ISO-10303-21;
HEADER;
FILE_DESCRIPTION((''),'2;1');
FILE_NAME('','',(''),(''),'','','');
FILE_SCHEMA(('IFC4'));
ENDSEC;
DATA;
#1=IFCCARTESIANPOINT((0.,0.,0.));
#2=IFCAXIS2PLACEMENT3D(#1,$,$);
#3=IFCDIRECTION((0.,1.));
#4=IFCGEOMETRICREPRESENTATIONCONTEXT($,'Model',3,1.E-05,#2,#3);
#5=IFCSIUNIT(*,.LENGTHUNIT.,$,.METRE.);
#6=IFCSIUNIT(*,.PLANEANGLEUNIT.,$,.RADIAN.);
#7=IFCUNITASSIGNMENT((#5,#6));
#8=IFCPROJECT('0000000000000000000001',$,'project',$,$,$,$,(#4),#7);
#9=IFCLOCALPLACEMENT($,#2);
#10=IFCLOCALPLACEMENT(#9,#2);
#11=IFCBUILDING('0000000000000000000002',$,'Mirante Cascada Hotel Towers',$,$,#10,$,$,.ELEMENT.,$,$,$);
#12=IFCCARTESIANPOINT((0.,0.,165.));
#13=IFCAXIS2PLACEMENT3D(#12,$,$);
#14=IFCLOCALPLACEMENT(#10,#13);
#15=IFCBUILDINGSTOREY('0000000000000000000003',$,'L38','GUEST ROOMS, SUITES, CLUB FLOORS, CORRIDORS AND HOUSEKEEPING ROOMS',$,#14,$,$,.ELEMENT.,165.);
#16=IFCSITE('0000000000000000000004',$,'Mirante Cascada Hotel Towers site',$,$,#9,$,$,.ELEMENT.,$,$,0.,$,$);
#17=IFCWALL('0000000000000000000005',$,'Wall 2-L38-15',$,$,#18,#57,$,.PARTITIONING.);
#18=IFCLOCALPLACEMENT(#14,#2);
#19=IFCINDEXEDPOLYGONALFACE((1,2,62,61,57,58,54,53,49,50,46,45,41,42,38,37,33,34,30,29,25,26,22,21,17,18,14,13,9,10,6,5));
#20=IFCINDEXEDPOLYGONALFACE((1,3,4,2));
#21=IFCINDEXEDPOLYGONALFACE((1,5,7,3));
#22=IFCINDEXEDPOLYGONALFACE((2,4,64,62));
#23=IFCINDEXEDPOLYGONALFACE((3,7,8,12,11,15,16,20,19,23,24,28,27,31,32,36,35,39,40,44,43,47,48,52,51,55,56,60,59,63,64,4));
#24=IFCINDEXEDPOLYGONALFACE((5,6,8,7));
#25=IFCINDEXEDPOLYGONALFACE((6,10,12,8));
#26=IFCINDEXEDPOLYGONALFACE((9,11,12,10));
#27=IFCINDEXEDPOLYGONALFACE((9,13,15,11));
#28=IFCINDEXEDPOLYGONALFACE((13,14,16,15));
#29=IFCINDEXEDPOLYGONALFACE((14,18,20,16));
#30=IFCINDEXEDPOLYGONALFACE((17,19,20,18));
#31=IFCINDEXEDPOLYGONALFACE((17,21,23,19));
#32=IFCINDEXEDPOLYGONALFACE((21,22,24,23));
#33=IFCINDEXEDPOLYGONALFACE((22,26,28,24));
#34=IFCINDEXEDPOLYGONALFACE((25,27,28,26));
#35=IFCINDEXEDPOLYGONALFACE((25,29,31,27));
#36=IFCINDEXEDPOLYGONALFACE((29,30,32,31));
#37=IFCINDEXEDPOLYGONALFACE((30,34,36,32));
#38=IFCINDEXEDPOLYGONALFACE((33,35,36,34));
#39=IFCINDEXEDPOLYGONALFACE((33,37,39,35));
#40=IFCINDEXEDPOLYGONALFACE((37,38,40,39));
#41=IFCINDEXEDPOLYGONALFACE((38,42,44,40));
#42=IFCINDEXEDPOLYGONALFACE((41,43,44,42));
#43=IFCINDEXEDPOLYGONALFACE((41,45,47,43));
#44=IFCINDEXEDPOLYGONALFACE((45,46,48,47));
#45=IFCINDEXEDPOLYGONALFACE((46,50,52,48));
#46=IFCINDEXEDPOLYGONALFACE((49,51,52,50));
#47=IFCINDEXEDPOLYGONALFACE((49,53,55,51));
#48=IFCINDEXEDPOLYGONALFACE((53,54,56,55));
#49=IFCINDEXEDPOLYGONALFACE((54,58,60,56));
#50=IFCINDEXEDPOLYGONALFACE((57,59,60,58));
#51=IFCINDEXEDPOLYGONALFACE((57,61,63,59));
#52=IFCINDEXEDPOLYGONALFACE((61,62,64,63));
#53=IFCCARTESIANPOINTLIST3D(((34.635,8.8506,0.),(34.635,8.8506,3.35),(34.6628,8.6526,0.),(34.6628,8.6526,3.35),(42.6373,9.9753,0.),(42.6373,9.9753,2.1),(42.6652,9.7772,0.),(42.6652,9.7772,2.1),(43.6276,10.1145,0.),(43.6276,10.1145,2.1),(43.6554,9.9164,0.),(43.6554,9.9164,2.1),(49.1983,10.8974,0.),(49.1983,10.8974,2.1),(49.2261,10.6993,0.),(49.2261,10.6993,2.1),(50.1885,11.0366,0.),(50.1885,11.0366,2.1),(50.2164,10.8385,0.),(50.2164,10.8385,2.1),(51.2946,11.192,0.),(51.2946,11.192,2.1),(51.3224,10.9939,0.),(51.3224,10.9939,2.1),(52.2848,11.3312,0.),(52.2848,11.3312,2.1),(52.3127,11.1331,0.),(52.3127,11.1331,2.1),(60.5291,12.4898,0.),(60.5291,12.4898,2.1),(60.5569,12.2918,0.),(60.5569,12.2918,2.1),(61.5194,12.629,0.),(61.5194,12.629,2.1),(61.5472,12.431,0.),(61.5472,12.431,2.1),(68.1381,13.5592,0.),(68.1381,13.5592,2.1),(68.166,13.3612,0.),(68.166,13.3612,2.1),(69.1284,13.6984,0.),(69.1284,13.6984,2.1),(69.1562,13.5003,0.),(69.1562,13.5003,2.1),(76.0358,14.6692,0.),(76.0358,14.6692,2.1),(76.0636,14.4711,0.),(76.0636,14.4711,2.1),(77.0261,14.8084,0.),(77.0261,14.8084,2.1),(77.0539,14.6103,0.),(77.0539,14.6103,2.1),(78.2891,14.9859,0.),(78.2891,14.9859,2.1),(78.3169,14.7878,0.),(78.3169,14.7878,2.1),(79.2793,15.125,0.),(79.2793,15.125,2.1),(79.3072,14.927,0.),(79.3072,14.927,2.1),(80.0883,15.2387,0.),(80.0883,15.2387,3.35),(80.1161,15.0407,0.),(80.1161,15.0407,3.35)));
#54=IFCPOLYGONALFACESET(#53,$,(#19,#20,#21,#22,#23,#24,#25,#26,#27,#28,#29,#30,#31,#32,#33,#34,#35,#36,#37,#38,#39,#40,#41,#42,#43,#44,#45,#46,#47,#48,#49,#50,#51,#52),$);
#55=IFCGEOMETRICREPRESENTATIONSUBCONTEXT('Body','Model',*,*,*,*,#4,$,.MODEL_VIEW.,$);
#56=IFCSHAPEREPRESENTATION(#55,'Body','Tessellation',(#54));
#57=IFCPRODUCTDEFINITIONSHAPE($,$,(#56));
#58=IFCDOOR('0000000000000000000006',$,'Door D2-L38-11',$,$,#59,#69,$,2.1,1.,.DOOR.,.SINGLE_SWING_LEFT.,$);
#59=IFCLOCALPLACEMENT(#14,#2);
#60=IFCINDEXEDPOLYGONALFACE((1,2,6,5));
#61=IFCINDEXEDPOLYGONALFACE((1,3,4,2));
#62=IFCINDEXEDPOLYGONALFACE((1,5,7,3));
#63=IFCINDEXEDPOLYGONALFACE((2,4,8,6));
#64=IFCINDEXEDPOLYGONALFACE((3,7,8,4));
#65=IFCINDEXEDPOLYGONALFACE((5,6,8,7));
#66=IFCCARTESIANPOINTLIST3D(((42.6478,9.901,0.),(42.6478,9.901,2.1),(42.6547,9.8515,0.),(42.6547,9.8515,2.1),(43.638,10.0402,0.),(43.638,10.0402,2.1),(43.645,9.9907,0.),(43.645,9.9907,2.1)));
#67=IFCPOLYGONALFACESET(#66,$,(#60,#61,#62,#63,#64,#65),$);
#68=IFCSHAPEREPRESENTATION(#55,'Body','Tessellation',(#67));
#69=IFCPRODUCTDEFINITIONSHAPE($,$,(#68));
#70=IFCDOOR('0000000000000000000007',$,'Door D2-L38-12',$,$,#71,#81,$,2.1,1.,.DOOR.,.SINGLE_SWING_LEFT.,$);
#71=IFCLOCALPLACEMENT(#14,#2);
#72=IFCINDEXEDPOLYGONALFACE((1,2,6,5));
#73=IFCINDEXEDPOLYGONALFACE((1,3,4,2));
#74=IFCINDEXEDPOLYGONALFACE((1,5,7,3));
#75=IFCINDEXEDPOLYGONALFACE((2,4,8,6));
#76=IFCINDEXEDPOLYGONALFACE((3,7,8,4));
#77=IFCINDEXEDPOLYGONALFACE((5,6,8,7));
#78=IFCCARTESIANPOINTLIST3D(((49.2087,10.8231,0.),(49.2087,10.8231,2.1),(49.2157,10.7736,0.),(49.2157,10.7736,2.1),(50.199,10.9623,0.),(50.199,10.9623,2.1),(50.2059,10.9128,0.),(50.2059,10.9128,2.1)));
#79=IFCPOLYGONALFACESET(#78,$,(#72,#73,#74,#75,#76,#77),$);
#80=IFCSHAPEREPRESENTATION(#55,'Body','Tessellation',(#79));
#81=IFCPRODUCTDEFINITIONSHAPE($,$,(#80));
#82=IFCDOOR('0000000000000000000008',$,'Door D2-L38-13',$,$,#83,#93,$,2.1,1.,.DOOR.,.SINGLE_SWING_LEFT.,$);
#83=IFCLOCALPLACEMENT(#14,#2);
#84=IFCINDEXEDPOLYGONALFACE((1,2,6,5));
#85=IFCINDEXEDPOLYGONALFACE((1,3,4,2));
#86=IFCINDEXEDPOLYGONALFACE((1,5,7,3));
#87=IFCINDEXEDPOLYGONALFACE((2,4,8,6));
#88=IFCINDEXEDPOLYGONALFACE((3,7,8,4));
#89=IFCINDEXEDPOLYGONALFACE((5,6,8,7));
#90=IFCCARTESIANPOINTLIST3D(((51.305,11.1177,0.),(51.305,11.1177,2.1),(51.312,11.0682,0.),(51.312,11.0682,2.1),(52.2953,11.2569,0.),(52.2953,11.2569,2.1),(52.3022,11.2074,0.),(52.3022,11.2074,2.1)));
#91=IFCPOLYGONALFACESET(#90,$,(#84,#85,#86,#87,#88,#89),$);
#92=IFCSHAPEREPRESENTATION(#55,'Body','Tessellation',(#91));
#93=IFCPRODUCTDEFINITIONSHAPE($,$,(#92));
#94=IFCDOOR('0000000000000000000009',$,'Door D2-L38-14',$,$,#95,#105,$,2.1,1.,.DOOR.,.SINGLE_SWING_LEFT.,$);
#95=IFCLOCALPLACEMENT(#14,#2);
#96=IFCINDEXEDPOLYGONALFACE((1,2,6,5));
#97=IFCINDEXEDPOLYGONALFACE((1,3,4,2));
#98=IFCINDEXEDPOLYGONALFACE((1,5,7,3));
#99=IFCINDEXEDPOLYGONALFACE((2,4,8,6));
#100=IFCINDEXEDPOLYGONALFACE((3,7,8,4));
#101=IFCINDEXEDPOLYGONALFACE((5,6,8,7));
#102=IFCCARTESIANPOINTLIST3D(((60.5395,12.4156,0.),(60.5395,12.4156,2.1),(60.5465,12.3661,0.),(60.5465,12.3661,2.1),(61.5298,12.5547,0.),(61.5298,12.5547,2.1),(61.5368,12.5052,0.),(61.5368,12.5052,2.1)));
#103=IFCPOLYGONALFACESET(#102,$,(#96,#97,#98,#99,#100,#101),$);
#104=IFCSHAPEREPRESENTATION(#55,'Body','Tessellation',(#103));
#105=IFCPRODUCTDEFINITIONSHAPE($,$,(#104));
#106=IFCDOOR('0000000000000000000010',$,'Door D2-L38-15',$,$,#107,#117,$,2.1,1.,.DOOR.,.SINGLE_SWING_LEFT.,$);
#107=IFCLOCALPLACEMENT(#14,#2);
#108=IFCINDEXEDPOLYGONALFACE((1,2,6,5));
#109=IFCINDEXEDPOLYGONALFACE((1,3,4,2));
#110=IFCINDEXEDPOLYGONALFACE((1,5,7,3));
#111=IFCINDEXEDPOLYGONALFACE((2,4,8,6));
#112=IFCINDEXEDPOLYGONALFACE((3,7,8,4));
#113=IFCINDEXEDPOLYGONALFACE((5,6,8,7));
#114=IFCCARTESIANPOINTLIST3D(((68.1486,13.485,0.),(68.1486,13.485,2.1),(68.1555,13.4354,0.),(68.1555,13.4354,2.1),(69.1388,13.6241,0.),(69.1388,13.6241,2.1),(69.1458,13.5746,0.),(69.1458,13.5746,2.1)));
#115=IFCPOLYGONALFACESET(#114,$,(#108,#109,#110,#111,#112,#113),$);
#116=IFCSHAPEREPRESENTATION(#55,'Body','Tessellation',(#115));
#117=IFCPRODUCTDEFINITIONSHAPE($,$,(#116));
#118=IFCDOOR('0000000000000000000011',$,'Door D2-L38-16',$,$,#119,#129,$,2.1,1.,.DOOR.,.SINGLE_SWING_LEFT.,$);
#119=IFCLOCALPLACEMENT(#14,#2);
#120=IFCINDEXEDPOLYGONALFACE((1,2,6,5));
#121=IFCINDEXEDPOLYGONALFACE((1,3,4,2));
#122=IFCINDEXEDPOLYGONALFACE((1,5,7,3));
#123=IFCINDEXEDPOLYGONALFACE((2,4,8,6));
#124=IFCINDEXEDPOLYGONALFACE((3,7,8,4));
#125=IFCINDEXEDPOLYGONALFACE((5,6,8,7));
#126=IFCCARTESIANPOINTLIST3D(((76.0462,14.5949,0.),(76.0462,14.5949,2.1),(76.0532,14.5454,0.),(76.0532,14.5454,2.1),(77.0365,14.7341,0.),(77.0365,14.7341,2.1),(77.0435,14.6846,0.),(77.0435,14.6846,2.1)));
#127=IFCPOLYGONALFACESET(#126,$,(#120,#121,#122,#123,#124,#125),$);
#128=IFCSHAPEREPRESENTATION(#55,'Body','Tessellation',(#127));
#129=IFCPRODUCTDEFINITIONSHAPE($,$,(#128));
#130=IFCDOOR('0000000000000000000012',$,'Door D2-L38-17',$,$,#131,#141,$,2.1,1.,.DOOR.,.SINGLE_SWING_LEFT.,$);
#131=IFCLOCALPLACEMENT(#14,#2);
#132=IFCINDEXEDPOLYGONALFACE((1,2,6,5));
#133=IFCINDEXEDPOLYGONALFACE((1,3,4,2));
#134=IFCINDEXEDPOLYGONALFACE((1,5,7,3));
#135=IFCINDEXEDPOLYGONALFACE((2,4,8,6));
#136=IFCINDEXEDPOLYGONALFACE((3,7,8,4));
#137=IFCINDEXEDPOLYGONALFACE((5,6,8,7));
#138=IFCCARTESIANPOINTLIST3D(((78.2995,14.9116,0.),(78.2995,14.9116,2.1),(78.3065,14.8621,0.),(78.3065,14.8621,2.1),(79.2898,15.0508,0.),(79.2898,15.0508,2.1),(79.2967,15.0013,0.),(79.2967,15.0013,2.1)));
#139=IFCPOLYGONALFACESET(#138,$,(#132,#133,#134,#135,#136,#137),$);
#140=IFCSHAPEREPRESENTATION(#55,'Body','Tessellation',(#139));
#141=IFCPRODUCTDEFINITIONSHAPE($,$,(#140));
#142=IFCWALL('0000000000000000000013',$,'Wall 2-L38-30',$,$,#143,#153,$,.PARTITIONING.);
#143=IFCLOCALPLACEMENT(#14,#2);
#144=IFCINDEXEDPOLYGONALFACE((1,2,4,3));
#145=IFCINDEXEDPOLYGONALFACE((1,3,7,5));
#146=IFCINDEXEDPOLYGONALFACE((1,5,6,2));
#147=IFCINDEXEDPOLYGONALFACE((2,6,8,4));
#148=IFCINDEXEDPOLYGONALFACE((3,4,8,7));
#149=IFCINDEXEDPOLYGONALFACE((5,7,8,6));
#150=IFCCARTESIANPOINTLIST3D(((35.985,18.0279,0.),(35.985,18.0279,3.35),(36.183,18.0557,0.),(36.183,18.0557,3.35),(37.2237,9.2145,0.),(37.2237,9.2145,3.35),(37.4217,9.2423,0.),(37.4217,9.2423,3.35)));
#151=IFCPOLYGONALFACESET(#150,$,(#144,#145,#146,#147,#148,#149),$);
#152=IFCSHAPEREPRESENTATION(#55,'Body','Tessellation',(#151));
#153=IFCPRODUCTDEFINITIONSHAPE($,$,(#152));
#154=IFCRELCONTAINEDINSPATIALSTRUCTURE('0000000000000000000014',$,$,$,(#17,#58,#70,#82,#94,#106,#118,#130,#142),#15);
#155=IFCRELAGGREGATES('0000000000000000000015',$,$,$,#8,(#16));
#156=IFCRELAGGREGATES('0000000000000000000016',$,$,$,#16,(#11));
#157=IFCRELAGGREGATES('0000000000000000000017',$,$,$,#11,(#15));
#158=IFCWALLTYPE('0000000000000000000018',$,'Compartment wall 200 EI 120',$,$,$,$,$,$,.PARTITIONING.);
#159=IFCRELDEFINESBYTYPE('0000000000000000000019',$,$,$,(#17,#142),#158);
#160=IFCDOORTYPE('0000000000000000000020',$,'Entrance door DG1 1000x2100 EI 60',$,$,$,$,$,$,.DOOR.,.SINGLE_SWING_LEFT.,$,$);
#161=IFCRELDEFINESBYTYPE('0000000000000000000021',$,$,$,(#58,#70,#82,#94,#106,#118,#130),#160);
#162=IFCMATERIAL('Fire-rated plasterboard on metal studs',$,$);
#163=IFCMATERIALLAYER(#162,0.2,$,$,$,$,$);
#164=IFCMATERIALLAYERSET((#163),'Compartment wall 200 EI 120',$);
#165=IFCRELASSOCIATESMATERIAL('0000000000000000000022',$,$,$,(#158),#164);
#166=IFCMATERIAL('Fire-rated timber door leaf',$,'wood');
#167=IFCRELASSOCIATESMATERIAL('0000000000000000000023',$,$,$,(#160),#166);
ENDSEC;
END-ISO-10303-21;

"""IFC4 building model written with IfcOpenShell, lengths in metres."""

from ifc_helpers import new_model, si_unit, direction, frame, frame_2d, origin, place, context, subcontext, project, spatial, rectangle, extrude, material, layer, layer_set, type_object, element, fill, save


model = new_model("IFC4")

# Units and contexts
model_context = context("Model", 3, precision=1e-05, world=origin(), true_north=direction((0.0, 1.0)))
body_context = subcontext(model_context, "Body", "Model", "MODEL_VIEW")
ifc_project = project(units=[si_unit("LENGTHUNIT", "METRE"), si_unit("PLANEANGLEUNIT", "RADIAN")], contexts=[model_context])

# Site, building, storey
site_placement = place(None, origin())
site = spatial("IfcSite", under=ifc_project, at=site_placement, Name="Mirante Cascada Hotel Towers site", CompositionType="ELEMENT", RefElevation=0.0)
building_placement = place(site_placement, origin())
building = spatial("IfcBuilding", under=site, at=building_placement, Name="Mirante Cascada Hotel Towers", CompositionType="ELEMENT")
storey_placement = place(building_placement, frame((0.0, 0.0, 165.0)))
storey = spatial("IfcBuildingStorey", under=building, at=storey_placement, Name="L38", Description="GUEST ROOMS, SUITES, CLUB FLOORS, CORRIDORS AND HOUSEKEEPING ROOMS", CompositionType="ELEMENT", Elevation=165.0)

# Wall, openings, doors
ifc_material_1 = material(Name="Fire-rated plasterboard on metal studs")
ifc_layer_1 = layer(ifc_material_1, 0.2)
ifc_layer_set_1 = layer_set([ifc_layer_1], Name="Compartment wall 200 EI 120")
wall_type_1 = type_object("IfcWallType", Name="Compartment wall 200 EI 120", PredefinedType="PARTITIONING", material=ifc_layer_set_1)
wall_1_placement = place(storey_placement, frame((34.6489, 8.7516, 0.0), z_axis=(0.0, 0.0, 1.0), x_axis=(0.990268, 0.139174, 0.0)))
wall_1 = element("IfcWall", 1, at=wall_1_placement, inside=storey, type_object=wall_type_1, Name="Wall 2-L38-15", PredefinedType="PARTITIONING", context=body_context, shape_type="SweptSolid", body=[
    extrude(rectangle(XDim=45.9, YDim=0.2, at=frame_2d((22.95, 0.0))), origin(), (0.0, 0.0, 1.0), 3.35),
])
opening_1_placement = place(wall_1_placement, frame((8.081, 0.0, 0.0)))
opening_1 = element("IfcOpeningElement", 2, at=opening_1_placement, cuts=wall_1, PredefinedType="OPENING", context=body_context, shape_type="SweptSolid", body=[
    extrude(rectangle(XDim=1.0, YDim=2.1, at=frame_2d((0.5, 1.05))), frame((0.0, 0.1, 0.0), z_axis=(0.0, -1.0, 0.0), x_axis=(1.0, 0.0, 0.0)), (0.0, 0.0, 1.0), 0.2),
])
opening_2_placement = place(wall_1_placement, frame((14.7064, 0.0, 0.0)))
opening_2 = element("IfcOpeningElement", 3, at=opening_2_placement, cuts=wall_1, PredefinedType="OPENING", context=body_context, shape_type="SweptSolid", body=[
    extrude(rectangle(XDim=1.0, YDim=2.1, at=frame_2d((0.5, 1.05))), frame((0.0, 0.1, 0.0), z_axis=(0.0, -1.0, 0.0), x_axis=(1.0, 0.0, 0.0)), (0.0, 0.0, 1.0), 0.2),
])
opening_3_placement = place(wall_1_placement, frame((16.8233, 0.0, 0.0)))
opening_3 = element("IfcOpeningElement", 4, at=opening_3_placement, cuts=wall_1, PredefinedType="OPENING", context=body_context, shape_type="SweptSolid", body=[
    extrude(rectangle(XDim=1.0, YDim=2.1, at=frame_2d((0.5, 1.05))), frame((0.0, 0.1, 0.0), z_axis=(0.0, -1.0, 0.0), x_axis=(1.0, 0.0, 0.0)), (0.0, 0.0, 1.0), 0.2),
])
opening_4_placement = place(wall_1_placement, frame((26.1486, 0.0, 0.0)))
opening_4 = element("IfcOpeningElement", 5, at=opening_4_placement, cuts=wall_1, PredefinedType="OPENING", context=body_context, shape_type="SweptSolid", body=[
    extrude(rectangle(XDim=1.0, YDim=2.1, at=frame_2d((0.5, 1.05))), frame((0.0, 0.1, 0.0), z_axis=(0.0, -1.0, 0.0), x_axis=(1.0, 0.0, 0.0)), (0.0, 0.0, 1.0), 0.2),
])
opening_5_placement = place(wall_1_placement, frame((33.8324, 0.0, 0.0)))
opening_5 = element("IfcOpeningElement", 6, at=opening_5_placement, cuts=wall_1, PredefinedType="OPENING", context=body_context, shape_type="SweptSolid", body=[
    extrude(rectangle(XDim=1.0, YDim=2.1, at=frame_2d((0.5, 1.05))), frame((0.0, 0.1, 0.0), z_axis=(0.0, -1.0, 0.0), x_axis=(1.0, 0.0, 0.0)), (0.0, 0.0, 1.0), 0.2),
])
opening_6_placement = place(wall_1_placement, frame((41.8077, 0.0, 0.0)))
opening_6 = element("IfcOpeningElement", 7, at=opening_6_placement, cuts=wall_1, PredefinedType="OPENING", context=body_context, shape_type="SweptSolid", body=[
    extrude(rectangle(XDim=1.0, YDim=2.1, at=frame_2d((0.5, 1.05))), frame((0.0, 0.1, 0.0), z_axis=(0.0, -1.0, 0.0), x_axis=(1.0, 0.0, 0.0)), (0.0, 0.0, 1.0), 0.2),
])
opening_7_placement = place(wall_1_placement, frame((44.0831, 0.0, 0.0)))
opening_7 = element("IfcOpeningElement", 8, at=opening_7_placement, cuts=wall_1, PredefinedType="OPENING", context=body_context, shape_type="SweptSolid", body=[
    extrude(rectangle(XDim=1.0, YDim=2.1, at=frame_2d((0.5, 1.05))), frame((0.0, 0.1, 0.0), z_axis=(0.0, -1.0, 0.0), x_axis=(1.0, 0.0, 0.0)), (0.0, 0.0, 1.0), 0.2),
])
ifc_material_2 = material(Name="Fire-rated timber door leaf", Category="wood")
door_type_1 = type_object("IfcDoorType", Name="Entrance door DG1 1000x2100 EI 60", OperationType="SINGLE_SWING_LEFT", PredefinedType="DOOR", material=ifc_material_2)
door_1_placement = place(opening_1_placement, origin())
door_1 = element("IfcDoor", 9, at=door_1_placement, inside=storey, type_object=door_type_1, Name="Door D2-L38-11", OperationType="SINGLE_SWING_LEFT", OverallHeight=2.1, OverallWidth=1.0, PredefinedType="DOOR", context=body_context, shape_type="SweptSolid", body=[
    extrude(rectangle(XDim=1.0, YDim=2.1, at=frame_2d((0.5, 1.05))), frame((0.0, 0.025, 0.0), z_axis=(0.0, -1.0, 0.0), x_axis=(1.0, 0.0, 0.0)), (0.0, 0.0, 1.0), 0.05),
])
fill(opening_1, door_1)
door_2_placement = place(opening_2_placement, origin())
door_2 = element("IfcDoor", 10, at=door_2_placement, inside=storey, type_object=door_type_1, Name="Door D2-L38-12", OperationType="SINGLE_SWING_LEFT", OverallHeight=2.1, OverallWidth=1.0, PredefinedType="DOOR", context=body_context, shape_type="SweptSolid", body=[
    extrude(rectangle(XDim=1.0, YDim=2.1, at=frame_2d((0.5, 1.05))), frame((0.0, 0.025, 0.0), z_axis=(0.0, -1.0, 0.0), x_axis=(1.0, 0.0, 0.0)), (0.0, 0.0, 1.0), 0.05),
])
fill(opening_2, door_2)
door_3_placement = place(opening_3_placement, origin())
door_3 = element("IfcDoor", 11, at=door_3_placement, inside=storey, type_object=door_type_1, Name="Door D2-L38-13", OperationType="SINGLE_SWING_LEFT", OverallHeight=2.1, OverallWidth=1.0, PredefinedType="DOOR", context=body_context, shape_type="SweptSolid", body=[
    extrude(rectangle(XDim=1.0, YDim=2.1, at=frame_2d((0.5, 1.05))), frame((0.0, 0.025, 0.0), z_axis=(0.0, -1.0, 0.0), x_axis=(1.0, 0.0, 0.0)), (0.0, 0.0, 1.0), 0.05),
])
fill(opening_3, door_3)
door_4_placement = place(opening_4_placement, origin())
door_4 = element("IfcDoor", 12, at=door_4_placement, inside=storey, type_object=door_type_1, Name="Door D2-L38-14", OperationType="SINGLE_SWING_LEFT", OverallHeight=2.1, OverallWidth=1.0, PredefinedType="DOOR", context=body_context, shape_type="SweptSolid", body=[
    extrude(rectangle(XDim=1.0, YDim=2.1, at=frame_2d((0.5, 1.05))), frame((0.0, 0.025, 0.0), z_axis=(0.0, -1.0, 0.0), x_axis=(1.0, 0.0, 0.0)), (0.0, 0.0, 1.0), 0.05),
])
fill(opening_4, door_4)
door_5_placement = place(opening_5_placement, origin())
door_5 = element("IfcDoor", 13, at=door_5_placement, inside=storey, type_object=door_type_1, Name="Door D2-L38-15", OperationType="SINGLE_SWING_LEFT", OverallHeight=2.1, OverallWidth=1.0, PredefinedType="DOOR", context=body_context, shape_type="SweptSolid", body=[
    extrude(rectangle(XDim=1.0, YDim=2.1, at=frame_2d((0.5, 1.05))), frame((0.0, 0.025, 0.0), z_axis=(0.0, -1.0, 0.0), x_axis=(1.0, 0.0, 0.0)), (0.0, 0.0, 1.0), 0.05),
])
fill(opening_5, door_5)
door_6_placement = place(opening_6_placement, origin())
door_6 = element("IfcDoor", 14, at=door_6_placement, inside=storey, type_object=door_type_1, Name="Door D2-L38-16", OperationType="SINGLE_SWING_LEFT", OverallHeight=2.1, OverallWidth=1.0, PredefinedType="DOOR", context=body_context, shape_type="SweptSolid", body=[
    extrude(rectangle(XDim=1.0, YDim=2.1, at=frame_2d((0.5, 1.05))), frame((0.0, 0.025, 0.0), z_axis=(0.0, -1.0, 0.0), x_axis=(1.0, 0.0, 0.0)), (0.0, 0.0, 1.0), 0.05),
])
fill(opening_6, door_6)
door_7_placement = place(opening_7_placement, origin())
door_7 = element("IfcDoor", 15, at=door_7_placement, inside=storey, type_object=door_type_1, Name="Door D2-L38-17", OperationType="SINGLE_SWING_LEFT", OverallHeight=2.1, OverallWidth=1.0, PredefinedType="DOOR", context=body_context, shape_type="SweptSolid", body=[
    extrude(rectangle(XDim=1.0, YDim=2.1, at=frame_2d((0.5, 1.05))), frame((0.0, 0.025, 0.0), z_axis=(0.0, -1.0, 0.0), x_axis=(1.0, 0.0, 0.0)), (0.0, 0.0, 1.0), 0.05),
])
fill(opening_7, door_7)

# Wall
wall_2_placement = place(storey_placement, frame((36.084, 18.0418, 0.0), z_axis=(0.0, 0.0, 1.0), x_axis=(0.139179, -0.990267, 0.0)))
element("IfcWall", 16, at=wall_2_placement, inside=storey, type_object=wall_type_1, Name="Wall 2-L38-30", PredefinedType="PARTITIONING", context=body_context, shape_type="SweptSolid", body=[
    extrude(rectangle(XDim=8.9, YDim=0.2, at=frame_2d((4.45, 0.0))), origin(), (0.0, 0.0, 1.0), 3.35),
])

save(model, "model.ifc")
